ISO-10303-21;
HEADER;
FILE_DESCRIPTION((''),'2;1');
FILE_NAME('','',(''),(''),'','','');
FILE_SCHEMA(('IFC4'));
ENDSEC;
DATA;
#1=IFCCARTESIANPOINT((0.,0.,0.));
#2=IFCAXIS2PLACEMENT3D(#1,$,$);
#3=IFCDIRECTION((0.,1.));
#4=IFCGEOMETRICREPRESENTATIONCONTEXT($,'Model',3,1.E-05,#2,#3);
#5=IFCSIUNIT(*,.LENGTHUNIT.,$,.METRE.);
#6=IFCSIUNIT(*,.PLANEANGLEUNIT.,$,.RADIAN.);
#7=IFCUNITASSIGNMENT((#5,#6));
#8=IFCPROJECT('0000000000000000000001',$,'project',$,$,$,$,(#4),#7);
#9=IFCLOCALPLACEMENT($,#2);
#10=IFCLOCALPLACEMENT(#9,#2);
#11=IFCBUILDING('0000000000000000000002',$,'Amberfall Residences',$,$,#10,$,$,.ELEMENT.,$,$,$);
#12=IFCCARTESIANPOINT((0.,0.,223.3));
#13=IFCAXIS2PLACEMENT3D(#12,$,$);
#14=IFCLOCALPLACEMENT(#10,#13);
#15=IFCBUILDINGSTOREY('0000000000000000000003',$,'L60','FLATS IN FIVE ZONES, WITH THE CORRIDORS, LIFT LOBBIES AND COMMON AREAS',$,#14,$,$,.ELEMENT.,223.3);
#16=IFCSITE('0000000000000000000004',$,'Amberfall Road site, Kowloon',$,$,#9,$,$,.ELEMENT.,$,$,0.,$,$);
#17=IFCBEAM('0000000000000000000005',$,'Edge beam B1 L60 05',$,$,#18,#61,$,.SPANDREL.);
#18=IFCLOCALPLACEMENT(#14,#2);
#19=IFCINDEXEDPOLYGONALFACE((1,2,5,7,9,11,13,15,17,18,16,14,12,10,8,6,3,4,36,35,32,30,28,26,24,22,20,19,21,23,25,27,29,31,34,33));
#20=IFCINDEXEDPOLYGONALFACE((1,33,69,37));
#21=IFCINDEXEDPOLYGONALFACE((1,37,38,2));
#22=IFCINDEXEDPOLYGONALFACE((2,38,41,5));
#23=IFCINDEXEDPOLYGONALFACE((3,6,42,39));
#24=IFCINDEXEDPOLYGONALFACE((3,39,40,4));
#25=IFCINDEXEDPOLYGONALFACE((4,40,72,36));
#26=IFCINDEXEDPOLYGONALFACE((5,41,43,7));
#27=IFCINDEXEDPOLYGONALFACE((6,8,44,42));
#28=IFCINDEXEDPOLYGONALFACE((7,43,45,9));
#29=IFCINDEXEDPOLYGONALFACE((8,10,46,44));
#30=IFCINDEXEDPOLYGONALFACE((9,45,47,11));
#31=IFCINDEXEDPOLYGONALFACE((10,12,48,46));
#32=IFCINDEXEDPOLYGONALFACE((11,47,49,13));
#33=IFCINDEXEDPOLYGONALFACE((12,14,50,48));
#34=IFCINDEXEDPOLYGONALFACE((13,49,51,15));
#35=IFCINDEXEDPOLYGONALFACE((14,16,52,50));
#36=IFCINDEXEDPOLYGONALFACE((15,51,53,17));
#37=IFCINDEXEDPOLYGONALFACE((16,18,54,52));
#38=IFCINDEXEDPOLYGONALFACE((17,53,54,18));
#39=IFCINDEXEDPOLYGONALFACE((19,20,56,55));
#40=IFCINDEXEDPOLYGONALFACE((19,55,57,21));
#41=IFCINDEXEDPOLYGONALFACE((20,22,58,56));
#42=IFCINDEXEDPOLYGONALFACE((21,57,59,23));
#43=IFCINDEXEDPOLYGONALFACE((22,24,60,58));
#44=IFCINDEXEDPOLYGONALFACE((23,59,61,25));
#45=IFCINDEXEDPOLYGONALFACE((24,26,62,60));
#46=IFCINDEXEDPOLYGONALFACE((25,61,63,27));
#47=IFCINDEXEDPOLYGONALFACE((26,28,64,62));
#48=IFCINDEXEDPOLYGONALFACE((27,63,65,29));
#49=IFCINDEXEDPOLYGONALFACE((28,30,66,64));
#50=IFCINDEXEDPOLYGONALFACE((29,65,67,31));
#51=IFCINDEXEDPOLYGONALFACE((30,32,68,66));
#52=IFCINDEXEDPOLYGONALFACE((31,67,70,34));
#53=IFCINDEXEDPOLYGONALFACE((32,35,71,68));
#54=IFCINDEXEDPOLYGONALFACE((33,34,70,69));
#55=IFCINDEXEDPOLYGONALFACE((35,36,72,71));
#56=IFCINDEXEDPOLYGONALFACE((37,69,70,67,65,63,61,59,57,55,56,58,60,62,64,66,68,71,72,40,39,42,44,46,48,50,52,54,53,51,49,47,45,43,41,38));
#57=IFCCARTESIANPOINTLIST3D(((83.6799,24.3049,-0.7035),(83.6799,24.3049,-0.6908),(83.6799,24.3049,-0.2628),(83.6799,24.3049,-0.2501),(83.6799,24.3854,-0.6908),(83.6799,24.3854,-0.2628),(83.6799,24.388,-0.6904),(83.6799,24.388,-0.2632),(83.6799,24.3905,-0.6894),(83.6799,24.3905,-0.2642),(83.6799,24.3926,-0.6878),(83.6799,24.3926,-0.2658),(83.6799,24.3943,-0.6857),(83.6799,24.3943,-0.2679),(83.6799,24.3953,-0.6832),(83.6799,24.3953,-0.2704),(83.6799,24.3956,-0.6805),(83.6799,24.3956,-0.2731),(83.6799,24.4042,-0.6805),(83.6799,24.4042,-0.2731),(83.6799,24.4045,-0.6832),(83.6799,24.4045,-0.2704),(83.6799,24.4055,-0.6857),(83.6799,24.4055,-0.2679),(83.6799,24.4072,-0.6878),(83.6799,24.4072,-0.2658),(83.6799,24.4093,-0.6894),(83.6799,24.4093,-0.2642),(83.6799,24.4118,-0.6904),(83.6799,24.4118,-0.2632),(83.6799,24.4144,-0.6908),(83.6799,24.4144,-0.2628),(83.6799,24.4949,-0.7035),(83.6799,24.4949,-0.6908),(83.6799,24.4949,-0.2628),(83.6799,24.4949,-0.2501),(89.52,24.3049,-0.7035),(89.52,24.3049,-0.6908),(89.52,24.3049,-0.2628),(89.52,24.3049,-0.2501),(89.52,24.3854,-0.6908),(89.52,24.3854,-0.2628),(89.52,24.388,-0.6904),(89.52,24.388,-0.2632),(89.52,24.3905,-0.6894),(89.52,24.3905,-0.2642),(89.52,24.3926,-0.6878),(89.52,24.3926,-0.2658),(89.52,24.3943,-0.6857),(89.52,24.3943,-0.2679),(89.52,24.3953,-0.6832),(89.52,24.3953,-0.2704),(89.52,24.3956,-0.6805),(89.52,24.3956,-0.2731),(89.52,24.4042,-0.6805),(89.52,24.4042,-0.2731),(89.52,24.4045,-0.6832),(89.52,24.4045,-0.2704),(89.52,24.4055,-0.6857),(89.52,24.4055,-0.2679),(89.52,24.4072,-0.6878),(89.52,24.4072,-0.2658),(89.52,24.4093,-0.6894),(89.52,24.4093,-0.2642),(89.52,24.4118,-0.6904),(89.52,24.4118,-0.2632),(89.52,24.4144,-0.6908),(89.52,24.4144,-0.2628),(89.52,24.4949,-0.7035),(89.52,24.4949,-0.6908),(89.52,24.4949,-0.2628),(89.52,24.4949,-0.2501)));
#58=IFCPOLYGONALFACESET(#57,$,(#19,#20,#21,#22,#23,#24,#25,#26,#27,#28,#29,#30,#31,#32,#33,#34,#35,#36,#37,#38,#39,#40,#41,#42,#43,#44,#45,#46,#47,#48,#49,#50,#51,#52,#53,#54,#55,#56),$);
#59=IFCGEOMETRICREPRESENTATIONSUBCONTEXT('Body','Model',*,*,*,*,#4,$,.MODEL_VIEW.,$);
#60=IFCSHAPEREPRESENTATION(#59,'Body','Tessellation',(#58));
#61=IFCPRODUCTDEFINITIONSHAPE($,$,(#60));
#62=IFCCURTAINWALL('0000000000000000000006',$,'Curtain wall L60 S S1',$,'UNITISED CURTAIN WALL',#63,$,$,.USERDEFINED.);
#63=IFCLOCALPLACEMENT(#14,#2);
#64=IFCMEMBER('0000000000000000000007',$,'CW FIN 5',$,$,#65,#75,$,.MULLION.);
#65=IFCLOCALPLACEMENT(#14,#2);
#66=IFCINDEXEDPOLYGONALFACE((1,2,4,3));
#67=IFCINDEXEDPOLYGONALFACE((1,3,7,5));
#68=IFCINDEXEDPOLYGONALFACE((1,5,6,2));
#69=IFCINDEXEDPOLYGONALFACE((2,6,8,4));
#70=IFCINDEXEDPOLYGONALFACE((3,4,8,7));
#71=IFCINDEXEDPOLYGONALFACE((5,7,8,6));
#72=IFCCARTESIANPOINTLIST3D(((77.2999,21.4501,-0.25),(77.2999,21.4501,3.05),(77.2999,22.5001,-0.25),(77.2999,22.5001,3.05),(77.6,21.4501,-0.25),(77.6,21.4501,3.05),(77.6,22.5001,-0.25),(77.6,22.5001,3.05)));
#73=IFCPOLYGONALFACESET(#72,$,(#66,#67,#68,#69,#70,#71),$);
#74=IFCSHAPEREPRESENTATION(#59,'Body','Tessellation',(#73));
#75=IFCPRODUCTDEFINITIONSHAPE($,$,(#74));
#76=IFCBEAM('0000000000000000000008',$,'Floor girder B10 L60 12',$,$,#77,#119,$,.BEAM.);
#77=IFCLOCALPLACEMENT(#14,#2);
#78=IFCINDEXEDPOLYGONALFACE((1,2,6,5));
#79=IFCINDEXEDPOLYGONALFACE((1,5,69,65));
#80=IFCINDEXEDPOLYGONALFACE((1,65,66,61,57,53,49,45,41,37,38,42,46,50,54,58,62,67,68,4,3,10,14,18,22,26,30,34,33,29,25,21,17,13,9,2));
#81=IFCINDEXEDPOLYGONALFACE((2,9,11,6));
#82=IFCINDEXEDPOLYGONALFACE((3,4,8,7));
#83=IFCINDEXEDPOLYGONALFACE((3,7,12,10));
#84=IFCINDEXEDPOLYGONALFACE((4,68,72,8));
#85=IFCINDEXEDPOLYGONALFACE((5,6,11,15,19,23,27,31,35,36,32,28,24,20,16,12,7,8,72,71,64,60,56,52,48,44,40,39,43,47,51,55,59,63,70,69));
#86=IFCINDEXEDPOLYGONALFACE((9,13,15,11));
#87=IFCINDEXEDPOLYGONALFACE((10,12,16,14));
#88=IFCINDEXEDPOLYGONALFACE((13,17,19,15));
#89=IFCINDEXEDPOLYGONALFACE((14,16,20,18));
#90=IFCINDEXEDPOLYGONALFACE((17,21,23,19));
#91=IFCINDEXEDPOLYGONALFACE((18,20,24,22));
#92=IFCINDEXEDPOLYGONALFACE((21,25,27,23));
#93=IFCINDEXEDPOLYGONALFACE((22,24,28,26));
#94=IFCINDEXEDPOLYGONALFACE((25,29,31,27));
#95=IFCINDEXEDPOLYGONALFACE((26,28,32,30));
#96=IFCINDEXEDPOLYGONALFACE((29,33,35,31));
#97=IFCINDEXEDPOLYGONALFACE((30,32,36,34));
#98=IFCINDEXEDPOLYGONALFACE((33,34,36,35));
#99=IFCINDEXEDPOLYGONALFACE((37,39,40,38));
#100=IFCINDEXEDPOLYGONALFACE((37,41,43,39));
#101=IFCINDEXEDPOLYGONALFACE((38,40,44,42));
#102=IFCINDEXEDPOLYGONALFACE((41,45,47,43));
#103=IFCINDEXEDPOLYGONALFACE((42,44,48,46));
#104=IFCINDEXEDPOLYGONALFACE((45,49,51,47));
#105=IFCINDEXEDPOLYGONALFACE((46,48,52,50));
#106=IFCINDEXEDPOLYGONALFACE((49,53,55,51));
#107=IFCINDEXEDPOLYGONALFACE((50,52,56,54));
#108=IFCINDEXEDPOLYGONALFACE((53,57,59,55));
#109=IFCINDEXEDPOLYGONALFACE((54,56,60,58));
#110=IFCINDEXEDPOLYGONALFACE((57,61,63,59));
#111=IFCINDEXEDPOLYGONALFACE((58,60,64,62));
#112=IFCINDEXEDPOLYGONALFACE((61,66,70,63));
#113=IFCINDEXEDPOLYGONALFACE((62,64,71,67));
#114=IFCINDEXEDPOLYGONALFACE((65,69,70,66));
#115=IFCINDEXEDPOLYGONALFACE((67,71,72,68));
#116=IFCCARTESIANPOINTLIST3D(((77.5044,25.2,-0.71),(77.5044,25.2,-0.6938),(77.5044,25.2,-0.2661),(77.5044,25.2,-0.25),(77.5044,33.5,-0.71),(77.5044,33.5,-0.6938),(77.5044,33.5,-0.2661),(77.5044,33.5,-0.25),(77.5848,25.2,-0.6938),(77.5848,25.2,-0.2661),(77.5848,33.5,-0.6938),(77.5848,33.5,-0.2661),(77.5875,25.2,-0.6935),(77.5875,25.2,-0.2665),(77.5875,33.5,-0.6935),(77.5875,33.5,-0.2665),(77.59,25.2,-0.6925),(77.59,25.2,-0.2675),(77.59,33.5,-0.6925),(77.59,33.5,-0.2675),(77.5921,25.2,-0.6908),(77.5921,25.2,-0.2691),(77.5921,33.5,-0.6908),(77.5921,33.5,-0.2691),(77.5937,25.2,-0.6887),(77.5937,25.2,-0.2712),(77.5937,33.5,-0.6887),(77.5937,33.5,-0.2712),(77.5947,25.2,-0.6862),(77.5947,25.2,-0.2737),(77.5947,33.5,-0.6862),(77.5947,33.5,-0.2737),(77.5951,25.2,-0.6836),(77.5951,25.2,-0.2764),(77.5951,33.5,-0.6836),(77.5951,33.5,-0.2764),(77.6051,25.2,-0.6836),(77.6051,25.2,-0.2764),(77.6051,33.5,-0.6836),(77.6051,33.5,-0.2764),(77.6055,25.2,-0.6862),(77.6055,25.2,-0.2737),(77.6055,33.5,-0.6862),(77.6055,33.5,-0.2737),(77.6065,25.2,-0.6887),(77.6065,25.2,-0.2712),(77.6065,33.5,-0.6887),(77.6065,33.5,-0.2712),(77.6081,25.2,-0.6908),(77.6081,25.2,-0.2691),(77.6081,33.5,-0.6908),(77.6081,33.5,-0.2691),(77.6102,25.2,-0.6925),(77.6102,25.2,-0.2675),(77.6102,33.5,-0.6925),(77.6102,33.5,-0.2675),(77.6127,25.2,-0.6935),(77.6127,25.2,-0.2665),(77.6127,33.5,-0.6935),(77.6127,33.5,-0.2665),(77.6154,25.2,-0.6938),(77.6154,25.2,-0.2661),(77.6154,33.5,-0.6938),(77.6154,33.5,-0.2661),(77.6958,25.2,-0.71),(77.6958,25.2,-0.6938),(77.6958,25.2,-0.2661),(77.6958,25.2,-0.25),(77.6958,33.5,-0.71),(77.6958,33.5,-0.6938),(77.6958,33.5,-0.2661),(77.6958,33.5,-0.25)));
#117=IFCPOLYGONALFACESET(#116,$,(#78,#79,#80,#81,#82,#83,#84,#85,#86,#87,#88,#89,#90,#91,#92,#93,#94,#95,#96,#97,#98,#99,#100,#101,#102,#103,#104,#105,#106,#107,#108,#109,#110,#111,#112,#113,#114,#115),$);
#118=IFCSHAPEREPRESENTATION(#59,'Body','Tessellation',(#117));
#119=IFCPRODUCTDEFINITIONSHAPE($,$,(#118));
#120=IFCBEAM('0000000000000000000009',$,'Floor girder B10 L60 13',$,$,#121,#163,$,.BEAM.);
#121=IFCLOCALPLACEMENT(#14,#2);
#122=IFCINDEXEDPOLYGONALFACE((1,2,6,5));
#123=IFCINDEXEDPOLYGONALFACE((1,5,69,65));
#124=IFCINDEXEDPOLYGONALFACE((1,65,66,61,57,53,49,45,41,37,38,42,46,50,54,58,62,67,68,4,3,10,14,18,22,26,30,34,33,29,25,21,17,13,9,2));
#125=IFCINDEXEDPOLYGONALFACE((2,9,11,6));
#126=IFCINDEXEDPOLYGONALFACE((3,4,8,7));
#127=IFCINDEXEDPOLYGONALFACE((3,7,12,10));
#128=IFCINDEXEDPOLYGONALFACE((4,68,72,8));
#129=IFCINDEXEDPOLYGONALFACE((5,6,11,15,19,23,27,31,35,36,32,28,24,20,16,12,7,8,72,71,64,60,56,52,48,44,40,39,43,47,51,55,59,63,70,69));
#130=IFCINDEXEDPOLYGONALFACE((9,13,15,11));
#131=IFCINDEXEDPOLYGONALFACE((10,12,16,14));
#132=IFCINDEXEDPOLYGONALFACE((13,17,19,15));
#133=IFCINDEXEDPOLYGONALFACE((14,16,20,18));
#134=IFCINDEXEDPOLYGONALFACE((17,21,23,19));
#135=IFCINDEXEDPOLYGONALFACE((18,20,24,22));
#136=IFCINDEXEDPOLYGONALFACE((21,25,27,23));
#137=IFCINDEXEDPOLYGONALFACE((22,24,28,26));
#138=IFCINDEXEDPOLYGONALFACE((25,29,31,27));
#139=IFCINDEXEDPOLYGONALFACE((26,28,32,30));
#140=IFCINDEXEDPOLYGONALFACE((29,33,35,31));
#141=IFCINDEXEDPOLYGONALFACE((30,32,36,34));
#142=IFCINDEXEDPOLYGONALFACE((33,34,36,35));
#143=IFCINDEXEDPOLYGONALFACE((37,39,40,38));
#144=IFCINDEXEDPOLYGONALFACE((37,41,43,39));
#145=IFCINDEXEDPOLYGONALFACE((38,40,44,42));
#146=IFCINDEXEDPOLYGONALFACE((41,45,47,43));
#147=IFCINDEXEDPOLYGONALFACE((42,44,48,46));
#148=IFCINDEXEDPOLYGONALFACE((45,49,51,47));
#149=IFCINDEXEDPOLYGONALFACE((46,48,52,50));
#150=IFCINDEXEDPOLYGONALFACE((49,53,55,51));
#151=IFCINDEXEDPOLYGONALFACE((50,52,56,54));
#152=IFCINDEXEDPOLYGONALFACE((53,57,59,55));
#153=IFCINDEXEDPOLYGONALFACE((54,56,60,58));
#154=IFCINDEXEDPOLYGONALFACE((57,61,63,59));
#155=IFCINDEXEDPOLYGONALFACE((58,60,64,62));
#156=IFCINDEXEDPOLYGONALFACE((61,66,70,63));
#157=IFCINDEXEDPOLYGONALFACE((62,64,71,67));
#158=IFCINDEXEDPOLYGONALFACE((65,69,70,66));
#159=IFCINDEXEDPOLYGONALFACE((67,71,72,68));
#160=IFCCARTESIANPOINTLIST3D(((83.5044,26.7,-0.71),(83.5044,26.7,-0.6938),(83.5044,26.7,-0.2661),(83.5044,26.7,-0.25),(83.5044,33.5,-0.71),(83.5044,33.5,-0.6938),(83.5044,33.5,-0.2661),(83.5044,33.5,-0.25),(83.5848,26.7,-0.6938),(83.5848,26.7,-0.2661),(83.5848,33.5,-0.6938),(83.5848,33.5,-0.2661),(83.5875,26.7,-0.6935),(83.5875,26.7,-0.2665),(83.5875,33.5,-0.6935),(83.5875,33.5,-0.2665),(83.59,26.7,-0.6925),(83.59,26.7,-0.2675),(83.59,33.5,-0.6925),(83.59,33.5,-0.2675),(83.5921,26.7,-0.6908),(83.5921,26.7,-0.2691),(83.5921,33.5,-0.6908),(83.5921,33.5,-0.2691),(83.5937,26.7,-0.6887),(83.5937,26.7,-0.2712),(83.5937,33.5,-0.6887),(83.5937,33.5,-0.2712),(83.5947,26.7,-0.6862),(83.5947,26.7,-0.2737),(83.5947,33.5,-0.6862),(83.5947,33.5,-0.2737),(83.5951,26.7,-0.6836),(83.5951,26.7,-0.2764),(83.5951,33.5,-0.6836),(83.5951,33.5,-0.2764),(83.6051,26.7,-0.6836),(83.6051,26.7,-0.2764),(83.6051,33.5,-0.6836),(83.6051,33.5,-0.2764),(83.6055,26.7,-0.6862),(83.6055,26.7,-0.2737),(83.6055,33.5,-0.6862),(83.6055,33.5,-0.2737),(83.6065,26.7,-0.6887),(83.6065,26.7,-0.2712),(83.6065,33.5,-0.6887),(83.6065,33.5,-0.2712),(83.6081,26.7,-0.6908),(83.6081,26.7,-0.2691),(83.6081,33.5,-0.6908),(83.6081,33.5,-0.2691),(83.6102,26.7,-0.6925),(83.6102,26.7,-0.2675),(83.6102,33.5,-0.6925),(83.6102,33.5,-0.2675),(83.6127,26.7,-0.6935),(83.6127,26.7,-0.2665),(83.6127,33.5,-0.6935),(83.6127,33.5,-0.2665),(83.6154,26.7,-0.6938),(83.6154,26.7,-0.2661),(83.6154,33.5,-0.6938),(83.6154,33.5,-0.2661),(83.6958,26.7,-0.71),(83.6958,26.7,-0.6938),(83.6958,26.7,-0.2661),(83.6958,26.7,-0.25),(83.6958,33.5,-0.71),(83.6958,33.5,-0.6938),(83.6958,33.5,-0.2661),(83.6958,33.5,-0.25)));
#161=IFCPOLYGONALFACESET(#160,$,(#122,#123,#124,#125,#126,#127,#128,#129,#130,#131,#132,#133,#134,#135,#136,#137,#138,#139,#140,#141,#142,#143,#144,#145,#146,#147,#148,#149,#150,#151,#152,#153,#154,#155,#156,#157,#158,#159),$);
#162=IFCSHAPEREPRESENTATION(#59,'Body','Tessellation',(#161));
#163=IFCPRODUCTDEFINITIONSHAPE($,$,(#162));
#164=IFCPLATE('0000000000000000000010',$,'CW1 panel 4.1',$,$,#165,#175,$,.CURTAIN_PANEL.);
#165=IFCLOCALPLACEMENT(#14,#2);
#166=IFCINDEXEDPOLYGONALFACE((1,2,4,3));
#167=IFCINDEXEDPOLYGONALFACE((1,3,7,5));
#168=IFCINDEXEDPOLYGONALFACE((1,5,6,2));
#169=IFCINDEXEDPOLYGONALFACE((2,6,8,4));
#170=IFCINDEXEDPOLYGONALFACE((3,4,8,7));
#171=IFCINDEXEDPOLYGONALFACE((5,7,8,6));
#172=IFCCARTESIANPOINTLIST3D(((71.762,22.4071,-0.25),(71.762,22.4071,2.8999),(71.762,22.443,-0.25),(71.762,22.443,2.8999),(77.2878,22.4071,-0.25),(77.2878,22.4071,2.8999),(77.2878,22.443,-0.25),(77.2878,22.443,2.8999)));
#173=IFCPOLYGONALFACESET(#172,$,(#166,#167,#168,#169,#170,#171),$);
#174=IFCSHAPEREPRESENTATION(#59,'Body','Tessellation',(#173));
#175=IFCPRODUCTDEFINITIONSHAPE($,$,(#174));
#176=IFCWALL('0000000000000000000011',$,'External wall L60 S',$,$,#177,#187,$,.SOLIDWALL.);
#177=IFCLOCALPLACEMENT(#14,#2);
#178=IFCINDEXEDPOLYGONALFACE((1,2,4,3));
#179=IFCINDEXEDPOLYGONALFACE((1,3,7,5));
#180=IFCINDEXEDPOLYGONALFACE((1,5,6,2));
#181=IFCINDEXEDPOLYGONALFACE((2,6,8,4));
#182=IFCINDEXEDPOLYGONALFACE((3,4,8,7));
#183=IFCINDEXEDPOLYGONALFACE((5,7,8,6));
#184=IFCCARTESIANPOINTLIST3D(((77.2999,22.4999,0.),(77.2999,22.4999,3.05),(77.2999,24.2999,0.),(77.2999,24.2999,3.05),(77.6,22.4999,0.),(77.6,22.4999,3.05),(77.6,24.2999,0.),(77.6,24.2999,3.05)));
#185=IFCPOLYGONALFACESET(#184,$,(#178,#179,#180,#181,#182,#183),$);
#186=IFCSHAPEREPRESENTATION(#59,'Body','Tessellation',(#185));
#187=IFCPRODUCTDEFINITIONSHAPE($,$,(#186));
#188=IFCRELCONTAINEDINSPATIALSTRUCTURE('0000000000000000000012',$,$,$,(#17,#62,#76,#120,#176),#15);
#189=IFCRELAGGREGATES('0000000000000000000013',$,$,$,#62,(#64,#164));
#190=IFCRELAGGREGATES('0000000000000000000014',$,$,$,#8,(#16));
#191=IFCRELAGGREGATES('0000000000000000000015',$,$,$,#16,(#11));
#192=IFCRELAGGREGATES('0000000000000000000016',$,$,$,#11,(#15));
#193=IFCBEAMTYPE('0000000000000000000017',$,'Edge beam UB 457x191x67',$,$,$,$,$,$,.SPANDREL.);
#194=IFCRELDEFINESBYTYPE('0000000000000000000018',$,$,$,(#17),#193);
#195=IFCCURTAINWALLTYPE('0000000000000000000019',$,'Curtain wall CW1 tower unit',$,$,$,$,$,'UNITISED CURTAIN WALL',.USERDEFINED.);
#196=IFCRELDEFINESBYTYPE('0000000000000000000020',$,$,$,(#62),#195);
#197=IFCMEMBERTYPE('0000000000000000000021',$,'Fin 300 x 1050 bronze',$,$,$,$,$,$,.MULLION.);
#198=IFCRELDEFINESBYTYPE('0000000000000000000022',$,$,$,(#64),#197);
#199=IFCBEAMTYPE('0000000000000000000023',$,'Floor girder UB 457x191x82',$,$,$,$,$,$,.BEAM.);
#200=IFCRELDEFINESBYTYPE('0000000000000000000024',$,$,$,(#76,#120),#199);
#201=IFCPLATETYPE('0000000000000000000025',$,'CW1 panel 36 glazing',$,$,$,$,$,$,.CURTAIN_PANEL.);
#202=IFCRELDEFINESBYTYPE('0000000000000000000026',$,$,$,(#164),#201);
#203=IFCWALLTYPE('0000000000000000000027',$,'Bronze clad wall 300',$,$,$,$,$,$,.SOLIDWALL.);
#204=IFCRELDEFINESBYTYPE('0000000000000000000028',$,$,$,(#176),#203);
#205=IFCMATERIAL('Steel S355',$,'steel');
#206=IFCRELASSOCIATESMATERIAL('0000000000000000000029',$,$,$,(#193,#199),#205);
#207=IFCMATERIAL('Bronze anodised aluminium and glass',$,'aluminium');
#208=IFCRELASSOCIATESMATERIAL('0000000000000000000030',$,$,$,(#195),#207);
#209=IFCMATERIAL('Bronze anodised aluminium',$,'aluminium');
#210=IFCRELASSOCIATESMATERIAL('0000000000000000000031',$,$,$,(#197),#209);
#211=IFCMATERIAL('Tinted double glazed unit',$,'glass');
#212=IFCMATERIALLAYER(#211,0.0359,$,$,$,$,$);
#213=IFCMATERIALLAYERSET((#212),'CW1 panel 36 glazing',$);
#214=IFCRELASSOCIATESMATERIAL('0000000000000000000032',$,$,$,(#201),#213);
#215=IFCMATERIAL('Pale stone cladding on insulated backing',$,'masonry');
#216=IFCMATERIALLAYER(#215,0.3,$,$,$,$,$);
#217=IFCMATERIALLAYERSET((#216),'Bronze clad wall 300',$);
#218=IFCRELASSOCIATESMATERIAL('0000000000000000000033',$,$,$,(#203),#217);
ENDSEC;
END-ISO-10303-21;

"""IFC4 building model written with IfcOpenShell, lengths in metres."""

from ifc_helpers import new_model, si_unit, direction, frame, frame_2d, origin, origin_2d, place, context, subcontext, project, spatial, rectangle, i_section, extrude, material, layer, layer_set, material_profile, profile_set, type_object, element, aggregate, save


model = new_model("IFC4")

# Units and contexts
model_context = context("Model", 3, precision=1e-05, world=origin(), true_north=direction((0.0, 1.0)))
body_context = subcontext(model_context, "Body", "Model", "MODEL_VIEW")
ifc_project = project(units=[si_unit("LENGTHUNIT", "METRE"), si_unit("PLANEANGLEUNIT", "RADIAN")], contexts=[model_context])

# Site, building, storey
site_placement = place(None, origin())
site = spatial("IfcSite", under=ifc_project, at=site_placement, Name="Amberfall Road site, Kowloon", CompositionType="ELEMENT", RefElevation=0.0)
building_placement = place(site_placement, origin())
building = spatial("IfcBuilding", under=site, at=building_placement, Name="Amberfall Residences", CompositionType="ELEMENT")
storey_placement = place(building_placement, frame((0.0, 0.0, 223.3)))
storey = spatial("IfcBuildingStorey", under=building, at=storey_placement, Name="L60", Description="FLATS IN FIVE ZONES, WITH THE CORRIDORS, LIFT LOBBIES AND COMMON AREAS", CompositionType="ELEMENT", Elevation=223.3)

# Beam
ifc_material_1 = material(Name="Steel S355", Category="steel")
ifc_material_profile_1 = material_profile(ifc_material_1, i_section(OverallWidth=0.1899, OverallDepth=0.4534, WebThickness=0.0085, FlangeThickness=0.0127, FilletRadius=0.0103, at=origin_2d()), Name="UB 457x191x67")
ifc_profile_set_1 = profile_set([ifc_material_profile_1], Name="Steel S355")
beam_type_1 = type_object("IfcBeamType", Name="Edge beam UB 457x191x67", PredefinedType="SPANDREL", material=ifc_profile_set_1)
beam_1_placement = place(storey_placement, frame((83.6799, 24.3999, -0.4768), z_axis=(1.0, 0.0, 0.0), x_axis=(0.0, 1.0, 0.0)))
element("IfcBeam", 1, at=beam_1_placement, inside=storey, type_object=beam_type_1, Name="Edge beam B1 L60 05", PredefinedType="SPANDREL", context=body_context, shape_type="SweptSolid", body=[
    extrude(i_section(OverallWidth=0.1899, OverallDepth=0.4534, WebThickness=0.0085, FlangeThickness=0.0127, FilletRadius=0.0103, at=origin_2d()), origin(), (0.0, 0.0, 1.0), 5.8401),
])

# Curtain wall, member
ifc_material_2 = material(Name="Bronze anodised aluminium and glass", Category="aluminium")
curtain_wall_type = type_object("IfcCurtainWallType", Name="Curtain wall CW1 tower unit", ElementType="UNITISED CURTAIN WALL", PredefinedType="USERDEFINED", material=ifc_material_2)
curtain_wall_placement = place(storey_placement, origin())
curtain_wall = element("IfcCurtainWall", 2, at=curtain_wall_placement, inside=storey, type_object=curtain_wall_type, Name="Curtain wall L60 S S1", ObjectType="UNITISED CURTAIN WALL", PredefinedType="USERDEFINED")
ifc_material_3 = material(Name="Bronze anodised aluminium", Category="aluminium")
ifc_material_profile_2 = material_profile(ifc_material_3, rectangle(XDim=1.05, YDim=0.3, at=origin_2d()), Name="Fin 300 x 1050 bronze")
ifc_profile_set_2 = profile_set([ifc_material_profile_2], Name="Bronze anodised aluminium")
member_type = type_object("IfcMemberType", Name="Fin 300 x 1050 bronze", PredefinedType="MULLION", material=ifc_profile_set_2)
member_placement = place(storey_placement, frame((77.45, 21.9751, -0.25), z_axis=(0.0, 0.0, 1.0), x_axis=(0.0, 1.0, 0.0)))
member = element("IfcMember", 3, at=member_placement, type_object=member_type, Name="CW FIN 5", PredefinedType="MULLION", context=body_context, shape_type="SweptSolid", body=[
    extrude(rectangle(XDim=1.05, YDim=0.3, at=origin_2d()), origin(), (0.0, 0.0, 1.0), 3.3),
])

# Beams
ifc_material_profile_3 = material_profile(ifc_material_1, i_section(OverallWidth=0.1914, OverallDepth=0.46, WebThickness=0.01, FlangeThickness=0.0161, FilletRadius=0.0103, at=origin_2d()), Name="UB 457x191x82")
ifc_profile_set_3 = profile_set([ifc_material_profile_3], Name="Steel S355")
beam_type_2 = type_object("IfcBeamType", Name="Floor girder UB 457x191x82", PredefinedType="BEAM", material=ifc_profile_set_3)
beam_2_placement = place(storey_placement, frame((77.6001, 25.2, -0.48), z_axis=(0.0, 1.0, 0.0), x_axis=(-1.0, 0.0, 0.0)))
element("IfcBeam", 4, at=beam_2_placement, inside=storey, type_object=beam_type_2, Name="Floor girder B10 L60 12", PredefinedType="BEAM", context=body_context, shape_type="SweptSolid", body=[
    extrude(i_section(OverallWidth=0.1914, OverallDepth=0.46, WebThickness=0.01, FlangeThickness=0.0161, FilletRadius=0.0103, at=origin_2d()), origin(), (0.0, 0.0, 1.0), 8.3),
])
beam_3_placement = place(storey_placement, frame((83.6001, 26.7, -0.48), z_axis=(0.0, 1.0, 0.0), x_axis=(-1.0, 0.0, 0.0)))
element("IfcBeam", 5, at=beam_3_placement, inside=storey, type_object=beam_type_2, Name="Floor girder B10 L60 13", PredefinedType="BEAM", context=body_context, shape_type="SweptSolid", body=[
    extrude(i_section(OverallWidth=0.1914, OverallDepth=0.46, WebThickness=0.01, FlangeThickness=0.0161, FilletRadius=0.0103, at=origin_2d()), origin(), (0.0, 0.0, 1.0), 6.8),
])

# Plate
ifc_material_4 = material(Name="Tinted double glazed unit", Category="glass")
ifc_layer_1 = layer(ifc_material_4, 0.0359)
ifc_layer_set_1 = layer_set([ifc_layer_1], Name="CW1 panel 36 glazing")
plate_type = type_object("IfcPlateType", Name="CW1 panel 36 glazing", PredefinedType="CURTAIN_PANEL", material=ifc_layer_set_1)
plate_placement = place(storey_placement, frame((74.5249, 22.425, -0.25), z_axis=(0.0, 0.0, 1.0), x_axis=(1.0, 0.0, 0.0)))
plate = element("IfcPlate", 6, at=plate_placement, type_object=plate_type, Name="CW1 panel 4.1", PredefinedType="CURTAIN_PANEL", context=body_context, shape_type="SweptSolid", body=[
    extrude(rectangle(XDim=5.5259, YDim=0.0359, at=origin_2d()), origin(), (0.0, 0.0, 1.0), 3.1499),
])
aggregate(curtain_wall, [member, plate])

# Wall
ifc_material_5 = material(Name="Pale stone cladding on insulated backing", Category="masonry")
ifc_layer_2 = layer(ifc_material_5, 0.3)
ifc_layer_set_2 = layer_set([ifc_layer_2], Name="Bronze clad wall 300")
wall_type_1 = type_object("IfcWallType", Name="Bronze clad wall 300", PredefinedType="SOLIDWALL", material=ifc_layer_set_2)
wall_1_placement = place(storey_placement, frame((77.45, 22.5, 0.0), z_axis=(0.0, 0.0, 1.0), x_axis=(0.0, 1.0, 0.0)))
element("IfcWall", 7, at=wall_1_placement, inside=storey, type_object=wall_type_1, Name="External wall L60 S", PredefinedType="SOLIDWALL", context=body_context, shape_type="SweptSolid", body=[
    extrude(rectangle(XDim=1.8, YDim=0.3, at=frame_2d((0.8999, 0.0))), origin(), (0.0, 0.0, 1.0), 3.05),
])

save(model, "model.ifc")
